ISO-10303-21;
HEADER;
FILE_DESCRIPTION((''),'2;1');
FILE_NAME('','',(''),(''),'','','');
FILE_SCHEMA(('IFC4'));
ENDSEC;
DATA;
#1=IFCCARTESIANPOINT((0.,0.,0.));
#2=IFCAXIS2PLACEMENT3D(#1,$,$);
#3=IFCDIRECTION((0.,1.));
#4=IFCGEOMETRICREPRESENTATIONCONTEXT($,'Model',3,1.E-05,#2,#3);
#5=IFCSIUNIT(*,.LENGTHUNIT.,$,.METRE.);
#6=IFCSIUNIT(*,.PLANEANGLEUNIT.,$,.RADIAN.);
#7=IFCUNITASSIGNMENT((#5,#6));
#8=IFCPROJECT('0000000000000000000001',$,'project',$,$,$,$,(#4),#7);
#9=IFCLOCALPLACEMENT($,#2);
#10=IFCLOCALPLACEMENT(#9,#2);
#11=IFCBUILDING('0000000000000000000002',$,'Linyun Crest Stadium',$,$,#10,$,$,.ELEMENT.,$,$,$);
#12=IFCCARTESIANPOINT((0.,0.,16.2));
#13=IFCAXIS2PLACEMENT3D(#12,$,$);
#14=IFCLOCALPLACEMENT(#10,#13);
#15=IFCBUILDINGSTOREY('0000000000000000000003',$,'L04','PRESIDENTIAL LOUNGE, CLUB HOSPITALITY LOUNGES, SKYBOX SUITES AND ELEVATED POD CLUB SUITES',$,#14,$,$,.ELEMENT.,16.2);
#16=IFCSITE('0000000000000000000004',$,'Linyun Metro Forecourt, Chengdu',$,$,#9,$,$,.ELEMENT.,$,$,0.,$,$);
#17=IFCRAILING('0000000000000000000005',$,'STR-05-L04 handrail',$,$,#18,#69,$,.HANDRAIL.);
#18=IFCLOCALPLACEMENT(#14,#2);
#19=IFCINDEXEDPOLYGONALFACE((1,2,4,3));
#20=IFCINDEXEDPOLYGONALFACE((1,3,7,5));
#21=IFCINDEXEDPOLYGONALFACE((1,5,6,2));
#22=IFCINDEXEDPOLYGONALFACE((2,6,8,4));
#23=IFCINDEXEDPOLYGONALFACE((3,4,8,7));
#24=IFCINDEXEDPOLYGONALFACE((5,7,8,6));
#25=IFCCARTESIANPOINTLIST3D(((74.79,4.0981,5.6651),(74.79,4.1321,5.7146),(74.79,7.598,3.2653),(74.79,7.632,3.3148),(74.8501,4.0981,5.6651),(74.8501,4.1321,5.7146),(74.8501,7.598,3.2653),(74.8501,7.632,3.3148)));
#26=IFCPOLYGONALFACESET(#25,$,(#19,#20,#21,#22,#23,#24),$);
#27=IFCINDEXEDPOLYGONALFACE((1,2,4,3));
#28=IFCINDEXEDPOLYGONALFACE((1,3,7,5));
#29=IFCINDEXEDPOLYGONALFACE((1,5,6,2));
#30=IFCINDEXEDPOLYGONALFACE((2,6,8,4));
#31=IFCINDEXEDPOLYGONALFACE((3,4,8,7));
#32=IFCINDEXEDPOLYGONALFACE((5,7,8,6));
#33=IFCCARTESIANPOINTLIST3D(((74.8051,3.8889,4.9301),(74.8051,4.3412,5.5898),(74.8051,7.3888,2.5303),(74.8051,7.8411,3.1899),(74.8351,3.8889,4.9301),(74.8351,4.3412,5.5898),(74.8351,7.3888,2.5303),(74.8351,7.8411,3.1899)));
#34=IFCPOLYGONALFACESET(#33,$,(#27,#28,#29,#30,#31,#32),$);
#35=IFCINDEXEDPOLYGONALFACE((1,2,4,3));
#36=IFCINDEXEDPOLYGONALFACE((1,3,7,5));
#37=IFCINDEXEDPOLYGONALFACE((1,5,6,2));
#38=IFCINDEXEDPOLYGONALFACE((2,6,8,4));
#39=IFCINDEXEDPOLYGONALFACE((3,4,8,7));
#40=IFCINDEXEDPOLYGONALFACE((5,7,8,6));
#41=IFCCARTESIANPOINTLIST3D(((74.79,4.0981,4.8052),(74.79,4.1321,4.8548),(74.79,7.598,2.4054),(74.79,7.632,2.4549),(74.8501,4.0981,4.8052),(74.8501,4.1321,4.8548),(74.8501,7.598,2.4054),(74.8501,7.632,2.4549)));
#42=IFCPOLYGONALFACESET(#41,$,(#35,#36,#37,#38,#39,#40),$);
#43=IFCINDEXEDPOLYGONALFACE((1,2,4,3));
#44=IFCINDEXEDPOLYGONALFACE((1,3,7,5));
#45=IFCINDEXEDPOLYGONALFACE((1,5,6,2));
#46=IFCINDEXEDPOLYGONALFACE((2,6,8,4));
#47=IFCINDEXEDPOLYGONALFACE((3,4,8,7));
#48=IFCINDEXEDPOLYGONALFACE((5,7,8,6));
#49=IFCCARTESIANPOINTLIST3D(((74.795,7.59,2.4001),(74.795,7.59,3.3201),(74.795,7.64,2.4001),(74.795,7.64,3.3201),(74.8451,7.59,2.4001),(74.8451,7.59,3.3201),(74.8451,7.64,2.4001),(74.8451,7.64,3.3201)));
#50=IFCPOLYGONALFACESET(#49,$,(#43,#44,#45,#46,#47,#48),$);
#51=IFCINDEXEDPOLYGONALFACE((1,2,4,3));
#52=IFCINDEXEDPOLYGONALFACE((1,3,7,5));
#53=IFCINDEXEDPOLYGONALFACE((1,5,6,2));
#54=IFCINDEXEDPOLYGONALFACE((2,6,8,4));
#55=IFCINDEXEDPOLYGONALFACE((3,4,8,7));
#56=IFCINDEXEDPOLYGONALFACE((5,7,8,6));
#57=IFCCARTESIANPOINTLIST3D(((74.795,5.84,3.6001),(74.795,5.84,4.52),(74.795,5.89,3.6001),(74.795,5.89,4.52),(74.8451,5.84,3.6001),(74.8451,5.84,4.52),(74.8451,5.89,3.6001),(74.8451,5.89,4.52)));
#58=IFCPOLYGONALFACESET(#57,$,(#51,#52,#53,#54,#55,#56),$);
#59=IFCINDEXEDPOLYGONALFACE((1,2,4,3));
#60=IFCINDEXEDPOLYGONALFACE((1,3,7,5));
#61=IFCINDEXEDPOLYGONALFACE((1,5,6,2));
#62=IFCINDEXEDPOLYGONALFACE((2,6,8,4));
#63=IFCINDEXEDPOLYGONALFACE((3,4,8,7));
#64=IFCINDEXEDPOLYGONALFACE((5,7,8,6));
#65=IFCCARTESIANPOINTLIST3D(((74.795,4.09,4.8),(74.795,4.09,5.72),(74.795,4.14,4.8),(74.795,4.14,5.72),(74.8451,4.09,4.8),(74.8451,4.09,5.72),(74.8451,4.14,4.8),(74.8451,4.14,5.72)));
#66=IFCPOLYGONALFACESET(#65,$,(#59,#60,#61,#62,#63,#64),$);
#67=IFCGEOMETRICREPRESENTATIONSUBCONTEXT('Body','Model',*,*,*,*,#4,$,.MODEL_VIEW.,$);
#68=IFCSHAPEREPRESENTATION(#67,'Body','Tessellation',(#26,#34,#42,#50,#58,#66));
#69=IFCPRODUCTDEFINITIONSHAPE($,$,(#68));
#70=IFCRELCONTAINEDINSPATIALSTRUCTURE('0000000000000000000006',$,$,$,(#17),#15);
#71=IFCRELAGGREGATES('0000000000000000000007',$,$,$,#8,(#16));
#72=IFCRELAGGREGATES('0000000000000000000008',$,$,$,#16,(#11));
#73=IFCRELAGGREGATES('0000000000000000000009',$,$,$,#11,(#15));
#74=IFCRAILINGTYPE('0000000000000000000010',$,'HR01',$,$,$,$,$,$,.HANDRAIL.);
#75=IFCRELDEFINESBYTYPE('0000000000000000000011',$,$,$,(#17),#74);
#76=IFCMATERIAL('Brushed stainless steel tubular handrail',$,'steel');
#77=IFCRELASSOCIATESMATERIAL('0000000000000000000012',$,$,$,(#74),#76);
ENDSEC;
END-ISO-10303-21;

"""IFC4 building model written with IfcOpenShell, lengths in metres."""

from ifc_helpers import new_model, si_unit, direction, frame, origin, origin_2d, place, context, subcontext, project, spatial, rectangle, extrude, material, type_object, element, save


model = new_model("IFC4")

# Units and contexts
model_context = context("Model", 3, precision=1e-05, world=origin(), true_north=direction((0.0, 1.0)))
body_context = subcontext(model_context, "Body", "Model", "MODEL_VIEW")
ifc_project = project(units=[si_unit("LENGTHUNIT", "METRE"), si_unit("PLANEANGLEUNIT", "RADIAN")], contexts=[model_context])

# Site, building, storey
site_placement = place(None, origin())
site = spatial("IfcSite", under=ifc_project, at=site_placement, Name="Linyun Metro Forecourt, Chengdu", CompositionType="ELEMENT", RefElevation=0.0)
building_placement = place(site_placement, origin())
building = spatial("IfcBuilding", under=site, at=building_placement, Name="Linyun Crest Stadium", CompositionType="ELEMENT")
storey_placement = place(building_placement, frame((0.0, 0.0, 16.2)))
storey = spatial("IfcBuildingStorey", under=building, at=storey_placement, Name="L04", Description="PRESIDENTIAL LOUNGE, CLUB HOSPITALITY LOUNGES, SKYBOX SUITES AND ELEVATED POD CLUB SUITES", CompositionType="ELEMENT", Elevation=16.2)

# Railing
ifc_material_1 = material(Name="Brushed stainless steel tubular handrail", Category="steel")
railing_type_1 = type_object("IfcRailingType", Name="HR01", PredefinedType="HANDRAIL", material=ifc_material_1)
railing_1_placement = place(storey_placement, frame((74.8201, 7.615, 2.4001)))
element("IfcRailing", 1, at=railing_1_placement, inside=storey, type_object=railing_type_1, Name="STR-05-L04 handrail", PredefinedType="HANDRAIL", context=body_context, shape_type="SweptSolid", body=[
    extrude(rectangle(XDim=0.0601, YDim=0.0601, at=origin_2d()), frame((0.0, 0.0, 0.8899), z_axis=(0.0, -0.82474, 0.565513), x_axis=(1.0, 0.0, 0.0)), (0.0, 0.0, 1.0), 4.2437),
    extrude(rectangle(XDim=0.03, YDim=0.7998, at=origin_2d()), frame((0.0, 0.0, 0.46), z_axis=(0.0, -0.82474, 0.565513), x_axis=(1.0, 0.0, 0.0)), (0.0, 0.0, 1.0), 4.2437),
    extrude(rectangle(XDim=0.0601, YDim=0.0601, at=origin_2d()), frame((0.0, 0.0, 0.03), z_axis=(0.0, -0.82474, 0.565513), x_axis=(1.0, 0.0, 0.0)), (0.0, 0.0, 1.0), 4.2437),
    extrude(rectangle(XDim=0.05, YDim=0.05, at=origin_2d()), origin(), (0.0, 0.0, 1.0), 0.9199),
    extrude(rectangle(XDim=0.05, YDim=0.05, at=origin_2d()), frame((0.0, -1.75, 1.2)), (0.0, 0.0, 1.0), 0.9199),
    extrude(rectangle(XDim=0.05, YDim=0.05, at=origin_2d()), frame((0.0, -3.5, 2.3999)), (0.0, 0.0, 1.0), 0.9199),
])

save(model, "model.ifc")
